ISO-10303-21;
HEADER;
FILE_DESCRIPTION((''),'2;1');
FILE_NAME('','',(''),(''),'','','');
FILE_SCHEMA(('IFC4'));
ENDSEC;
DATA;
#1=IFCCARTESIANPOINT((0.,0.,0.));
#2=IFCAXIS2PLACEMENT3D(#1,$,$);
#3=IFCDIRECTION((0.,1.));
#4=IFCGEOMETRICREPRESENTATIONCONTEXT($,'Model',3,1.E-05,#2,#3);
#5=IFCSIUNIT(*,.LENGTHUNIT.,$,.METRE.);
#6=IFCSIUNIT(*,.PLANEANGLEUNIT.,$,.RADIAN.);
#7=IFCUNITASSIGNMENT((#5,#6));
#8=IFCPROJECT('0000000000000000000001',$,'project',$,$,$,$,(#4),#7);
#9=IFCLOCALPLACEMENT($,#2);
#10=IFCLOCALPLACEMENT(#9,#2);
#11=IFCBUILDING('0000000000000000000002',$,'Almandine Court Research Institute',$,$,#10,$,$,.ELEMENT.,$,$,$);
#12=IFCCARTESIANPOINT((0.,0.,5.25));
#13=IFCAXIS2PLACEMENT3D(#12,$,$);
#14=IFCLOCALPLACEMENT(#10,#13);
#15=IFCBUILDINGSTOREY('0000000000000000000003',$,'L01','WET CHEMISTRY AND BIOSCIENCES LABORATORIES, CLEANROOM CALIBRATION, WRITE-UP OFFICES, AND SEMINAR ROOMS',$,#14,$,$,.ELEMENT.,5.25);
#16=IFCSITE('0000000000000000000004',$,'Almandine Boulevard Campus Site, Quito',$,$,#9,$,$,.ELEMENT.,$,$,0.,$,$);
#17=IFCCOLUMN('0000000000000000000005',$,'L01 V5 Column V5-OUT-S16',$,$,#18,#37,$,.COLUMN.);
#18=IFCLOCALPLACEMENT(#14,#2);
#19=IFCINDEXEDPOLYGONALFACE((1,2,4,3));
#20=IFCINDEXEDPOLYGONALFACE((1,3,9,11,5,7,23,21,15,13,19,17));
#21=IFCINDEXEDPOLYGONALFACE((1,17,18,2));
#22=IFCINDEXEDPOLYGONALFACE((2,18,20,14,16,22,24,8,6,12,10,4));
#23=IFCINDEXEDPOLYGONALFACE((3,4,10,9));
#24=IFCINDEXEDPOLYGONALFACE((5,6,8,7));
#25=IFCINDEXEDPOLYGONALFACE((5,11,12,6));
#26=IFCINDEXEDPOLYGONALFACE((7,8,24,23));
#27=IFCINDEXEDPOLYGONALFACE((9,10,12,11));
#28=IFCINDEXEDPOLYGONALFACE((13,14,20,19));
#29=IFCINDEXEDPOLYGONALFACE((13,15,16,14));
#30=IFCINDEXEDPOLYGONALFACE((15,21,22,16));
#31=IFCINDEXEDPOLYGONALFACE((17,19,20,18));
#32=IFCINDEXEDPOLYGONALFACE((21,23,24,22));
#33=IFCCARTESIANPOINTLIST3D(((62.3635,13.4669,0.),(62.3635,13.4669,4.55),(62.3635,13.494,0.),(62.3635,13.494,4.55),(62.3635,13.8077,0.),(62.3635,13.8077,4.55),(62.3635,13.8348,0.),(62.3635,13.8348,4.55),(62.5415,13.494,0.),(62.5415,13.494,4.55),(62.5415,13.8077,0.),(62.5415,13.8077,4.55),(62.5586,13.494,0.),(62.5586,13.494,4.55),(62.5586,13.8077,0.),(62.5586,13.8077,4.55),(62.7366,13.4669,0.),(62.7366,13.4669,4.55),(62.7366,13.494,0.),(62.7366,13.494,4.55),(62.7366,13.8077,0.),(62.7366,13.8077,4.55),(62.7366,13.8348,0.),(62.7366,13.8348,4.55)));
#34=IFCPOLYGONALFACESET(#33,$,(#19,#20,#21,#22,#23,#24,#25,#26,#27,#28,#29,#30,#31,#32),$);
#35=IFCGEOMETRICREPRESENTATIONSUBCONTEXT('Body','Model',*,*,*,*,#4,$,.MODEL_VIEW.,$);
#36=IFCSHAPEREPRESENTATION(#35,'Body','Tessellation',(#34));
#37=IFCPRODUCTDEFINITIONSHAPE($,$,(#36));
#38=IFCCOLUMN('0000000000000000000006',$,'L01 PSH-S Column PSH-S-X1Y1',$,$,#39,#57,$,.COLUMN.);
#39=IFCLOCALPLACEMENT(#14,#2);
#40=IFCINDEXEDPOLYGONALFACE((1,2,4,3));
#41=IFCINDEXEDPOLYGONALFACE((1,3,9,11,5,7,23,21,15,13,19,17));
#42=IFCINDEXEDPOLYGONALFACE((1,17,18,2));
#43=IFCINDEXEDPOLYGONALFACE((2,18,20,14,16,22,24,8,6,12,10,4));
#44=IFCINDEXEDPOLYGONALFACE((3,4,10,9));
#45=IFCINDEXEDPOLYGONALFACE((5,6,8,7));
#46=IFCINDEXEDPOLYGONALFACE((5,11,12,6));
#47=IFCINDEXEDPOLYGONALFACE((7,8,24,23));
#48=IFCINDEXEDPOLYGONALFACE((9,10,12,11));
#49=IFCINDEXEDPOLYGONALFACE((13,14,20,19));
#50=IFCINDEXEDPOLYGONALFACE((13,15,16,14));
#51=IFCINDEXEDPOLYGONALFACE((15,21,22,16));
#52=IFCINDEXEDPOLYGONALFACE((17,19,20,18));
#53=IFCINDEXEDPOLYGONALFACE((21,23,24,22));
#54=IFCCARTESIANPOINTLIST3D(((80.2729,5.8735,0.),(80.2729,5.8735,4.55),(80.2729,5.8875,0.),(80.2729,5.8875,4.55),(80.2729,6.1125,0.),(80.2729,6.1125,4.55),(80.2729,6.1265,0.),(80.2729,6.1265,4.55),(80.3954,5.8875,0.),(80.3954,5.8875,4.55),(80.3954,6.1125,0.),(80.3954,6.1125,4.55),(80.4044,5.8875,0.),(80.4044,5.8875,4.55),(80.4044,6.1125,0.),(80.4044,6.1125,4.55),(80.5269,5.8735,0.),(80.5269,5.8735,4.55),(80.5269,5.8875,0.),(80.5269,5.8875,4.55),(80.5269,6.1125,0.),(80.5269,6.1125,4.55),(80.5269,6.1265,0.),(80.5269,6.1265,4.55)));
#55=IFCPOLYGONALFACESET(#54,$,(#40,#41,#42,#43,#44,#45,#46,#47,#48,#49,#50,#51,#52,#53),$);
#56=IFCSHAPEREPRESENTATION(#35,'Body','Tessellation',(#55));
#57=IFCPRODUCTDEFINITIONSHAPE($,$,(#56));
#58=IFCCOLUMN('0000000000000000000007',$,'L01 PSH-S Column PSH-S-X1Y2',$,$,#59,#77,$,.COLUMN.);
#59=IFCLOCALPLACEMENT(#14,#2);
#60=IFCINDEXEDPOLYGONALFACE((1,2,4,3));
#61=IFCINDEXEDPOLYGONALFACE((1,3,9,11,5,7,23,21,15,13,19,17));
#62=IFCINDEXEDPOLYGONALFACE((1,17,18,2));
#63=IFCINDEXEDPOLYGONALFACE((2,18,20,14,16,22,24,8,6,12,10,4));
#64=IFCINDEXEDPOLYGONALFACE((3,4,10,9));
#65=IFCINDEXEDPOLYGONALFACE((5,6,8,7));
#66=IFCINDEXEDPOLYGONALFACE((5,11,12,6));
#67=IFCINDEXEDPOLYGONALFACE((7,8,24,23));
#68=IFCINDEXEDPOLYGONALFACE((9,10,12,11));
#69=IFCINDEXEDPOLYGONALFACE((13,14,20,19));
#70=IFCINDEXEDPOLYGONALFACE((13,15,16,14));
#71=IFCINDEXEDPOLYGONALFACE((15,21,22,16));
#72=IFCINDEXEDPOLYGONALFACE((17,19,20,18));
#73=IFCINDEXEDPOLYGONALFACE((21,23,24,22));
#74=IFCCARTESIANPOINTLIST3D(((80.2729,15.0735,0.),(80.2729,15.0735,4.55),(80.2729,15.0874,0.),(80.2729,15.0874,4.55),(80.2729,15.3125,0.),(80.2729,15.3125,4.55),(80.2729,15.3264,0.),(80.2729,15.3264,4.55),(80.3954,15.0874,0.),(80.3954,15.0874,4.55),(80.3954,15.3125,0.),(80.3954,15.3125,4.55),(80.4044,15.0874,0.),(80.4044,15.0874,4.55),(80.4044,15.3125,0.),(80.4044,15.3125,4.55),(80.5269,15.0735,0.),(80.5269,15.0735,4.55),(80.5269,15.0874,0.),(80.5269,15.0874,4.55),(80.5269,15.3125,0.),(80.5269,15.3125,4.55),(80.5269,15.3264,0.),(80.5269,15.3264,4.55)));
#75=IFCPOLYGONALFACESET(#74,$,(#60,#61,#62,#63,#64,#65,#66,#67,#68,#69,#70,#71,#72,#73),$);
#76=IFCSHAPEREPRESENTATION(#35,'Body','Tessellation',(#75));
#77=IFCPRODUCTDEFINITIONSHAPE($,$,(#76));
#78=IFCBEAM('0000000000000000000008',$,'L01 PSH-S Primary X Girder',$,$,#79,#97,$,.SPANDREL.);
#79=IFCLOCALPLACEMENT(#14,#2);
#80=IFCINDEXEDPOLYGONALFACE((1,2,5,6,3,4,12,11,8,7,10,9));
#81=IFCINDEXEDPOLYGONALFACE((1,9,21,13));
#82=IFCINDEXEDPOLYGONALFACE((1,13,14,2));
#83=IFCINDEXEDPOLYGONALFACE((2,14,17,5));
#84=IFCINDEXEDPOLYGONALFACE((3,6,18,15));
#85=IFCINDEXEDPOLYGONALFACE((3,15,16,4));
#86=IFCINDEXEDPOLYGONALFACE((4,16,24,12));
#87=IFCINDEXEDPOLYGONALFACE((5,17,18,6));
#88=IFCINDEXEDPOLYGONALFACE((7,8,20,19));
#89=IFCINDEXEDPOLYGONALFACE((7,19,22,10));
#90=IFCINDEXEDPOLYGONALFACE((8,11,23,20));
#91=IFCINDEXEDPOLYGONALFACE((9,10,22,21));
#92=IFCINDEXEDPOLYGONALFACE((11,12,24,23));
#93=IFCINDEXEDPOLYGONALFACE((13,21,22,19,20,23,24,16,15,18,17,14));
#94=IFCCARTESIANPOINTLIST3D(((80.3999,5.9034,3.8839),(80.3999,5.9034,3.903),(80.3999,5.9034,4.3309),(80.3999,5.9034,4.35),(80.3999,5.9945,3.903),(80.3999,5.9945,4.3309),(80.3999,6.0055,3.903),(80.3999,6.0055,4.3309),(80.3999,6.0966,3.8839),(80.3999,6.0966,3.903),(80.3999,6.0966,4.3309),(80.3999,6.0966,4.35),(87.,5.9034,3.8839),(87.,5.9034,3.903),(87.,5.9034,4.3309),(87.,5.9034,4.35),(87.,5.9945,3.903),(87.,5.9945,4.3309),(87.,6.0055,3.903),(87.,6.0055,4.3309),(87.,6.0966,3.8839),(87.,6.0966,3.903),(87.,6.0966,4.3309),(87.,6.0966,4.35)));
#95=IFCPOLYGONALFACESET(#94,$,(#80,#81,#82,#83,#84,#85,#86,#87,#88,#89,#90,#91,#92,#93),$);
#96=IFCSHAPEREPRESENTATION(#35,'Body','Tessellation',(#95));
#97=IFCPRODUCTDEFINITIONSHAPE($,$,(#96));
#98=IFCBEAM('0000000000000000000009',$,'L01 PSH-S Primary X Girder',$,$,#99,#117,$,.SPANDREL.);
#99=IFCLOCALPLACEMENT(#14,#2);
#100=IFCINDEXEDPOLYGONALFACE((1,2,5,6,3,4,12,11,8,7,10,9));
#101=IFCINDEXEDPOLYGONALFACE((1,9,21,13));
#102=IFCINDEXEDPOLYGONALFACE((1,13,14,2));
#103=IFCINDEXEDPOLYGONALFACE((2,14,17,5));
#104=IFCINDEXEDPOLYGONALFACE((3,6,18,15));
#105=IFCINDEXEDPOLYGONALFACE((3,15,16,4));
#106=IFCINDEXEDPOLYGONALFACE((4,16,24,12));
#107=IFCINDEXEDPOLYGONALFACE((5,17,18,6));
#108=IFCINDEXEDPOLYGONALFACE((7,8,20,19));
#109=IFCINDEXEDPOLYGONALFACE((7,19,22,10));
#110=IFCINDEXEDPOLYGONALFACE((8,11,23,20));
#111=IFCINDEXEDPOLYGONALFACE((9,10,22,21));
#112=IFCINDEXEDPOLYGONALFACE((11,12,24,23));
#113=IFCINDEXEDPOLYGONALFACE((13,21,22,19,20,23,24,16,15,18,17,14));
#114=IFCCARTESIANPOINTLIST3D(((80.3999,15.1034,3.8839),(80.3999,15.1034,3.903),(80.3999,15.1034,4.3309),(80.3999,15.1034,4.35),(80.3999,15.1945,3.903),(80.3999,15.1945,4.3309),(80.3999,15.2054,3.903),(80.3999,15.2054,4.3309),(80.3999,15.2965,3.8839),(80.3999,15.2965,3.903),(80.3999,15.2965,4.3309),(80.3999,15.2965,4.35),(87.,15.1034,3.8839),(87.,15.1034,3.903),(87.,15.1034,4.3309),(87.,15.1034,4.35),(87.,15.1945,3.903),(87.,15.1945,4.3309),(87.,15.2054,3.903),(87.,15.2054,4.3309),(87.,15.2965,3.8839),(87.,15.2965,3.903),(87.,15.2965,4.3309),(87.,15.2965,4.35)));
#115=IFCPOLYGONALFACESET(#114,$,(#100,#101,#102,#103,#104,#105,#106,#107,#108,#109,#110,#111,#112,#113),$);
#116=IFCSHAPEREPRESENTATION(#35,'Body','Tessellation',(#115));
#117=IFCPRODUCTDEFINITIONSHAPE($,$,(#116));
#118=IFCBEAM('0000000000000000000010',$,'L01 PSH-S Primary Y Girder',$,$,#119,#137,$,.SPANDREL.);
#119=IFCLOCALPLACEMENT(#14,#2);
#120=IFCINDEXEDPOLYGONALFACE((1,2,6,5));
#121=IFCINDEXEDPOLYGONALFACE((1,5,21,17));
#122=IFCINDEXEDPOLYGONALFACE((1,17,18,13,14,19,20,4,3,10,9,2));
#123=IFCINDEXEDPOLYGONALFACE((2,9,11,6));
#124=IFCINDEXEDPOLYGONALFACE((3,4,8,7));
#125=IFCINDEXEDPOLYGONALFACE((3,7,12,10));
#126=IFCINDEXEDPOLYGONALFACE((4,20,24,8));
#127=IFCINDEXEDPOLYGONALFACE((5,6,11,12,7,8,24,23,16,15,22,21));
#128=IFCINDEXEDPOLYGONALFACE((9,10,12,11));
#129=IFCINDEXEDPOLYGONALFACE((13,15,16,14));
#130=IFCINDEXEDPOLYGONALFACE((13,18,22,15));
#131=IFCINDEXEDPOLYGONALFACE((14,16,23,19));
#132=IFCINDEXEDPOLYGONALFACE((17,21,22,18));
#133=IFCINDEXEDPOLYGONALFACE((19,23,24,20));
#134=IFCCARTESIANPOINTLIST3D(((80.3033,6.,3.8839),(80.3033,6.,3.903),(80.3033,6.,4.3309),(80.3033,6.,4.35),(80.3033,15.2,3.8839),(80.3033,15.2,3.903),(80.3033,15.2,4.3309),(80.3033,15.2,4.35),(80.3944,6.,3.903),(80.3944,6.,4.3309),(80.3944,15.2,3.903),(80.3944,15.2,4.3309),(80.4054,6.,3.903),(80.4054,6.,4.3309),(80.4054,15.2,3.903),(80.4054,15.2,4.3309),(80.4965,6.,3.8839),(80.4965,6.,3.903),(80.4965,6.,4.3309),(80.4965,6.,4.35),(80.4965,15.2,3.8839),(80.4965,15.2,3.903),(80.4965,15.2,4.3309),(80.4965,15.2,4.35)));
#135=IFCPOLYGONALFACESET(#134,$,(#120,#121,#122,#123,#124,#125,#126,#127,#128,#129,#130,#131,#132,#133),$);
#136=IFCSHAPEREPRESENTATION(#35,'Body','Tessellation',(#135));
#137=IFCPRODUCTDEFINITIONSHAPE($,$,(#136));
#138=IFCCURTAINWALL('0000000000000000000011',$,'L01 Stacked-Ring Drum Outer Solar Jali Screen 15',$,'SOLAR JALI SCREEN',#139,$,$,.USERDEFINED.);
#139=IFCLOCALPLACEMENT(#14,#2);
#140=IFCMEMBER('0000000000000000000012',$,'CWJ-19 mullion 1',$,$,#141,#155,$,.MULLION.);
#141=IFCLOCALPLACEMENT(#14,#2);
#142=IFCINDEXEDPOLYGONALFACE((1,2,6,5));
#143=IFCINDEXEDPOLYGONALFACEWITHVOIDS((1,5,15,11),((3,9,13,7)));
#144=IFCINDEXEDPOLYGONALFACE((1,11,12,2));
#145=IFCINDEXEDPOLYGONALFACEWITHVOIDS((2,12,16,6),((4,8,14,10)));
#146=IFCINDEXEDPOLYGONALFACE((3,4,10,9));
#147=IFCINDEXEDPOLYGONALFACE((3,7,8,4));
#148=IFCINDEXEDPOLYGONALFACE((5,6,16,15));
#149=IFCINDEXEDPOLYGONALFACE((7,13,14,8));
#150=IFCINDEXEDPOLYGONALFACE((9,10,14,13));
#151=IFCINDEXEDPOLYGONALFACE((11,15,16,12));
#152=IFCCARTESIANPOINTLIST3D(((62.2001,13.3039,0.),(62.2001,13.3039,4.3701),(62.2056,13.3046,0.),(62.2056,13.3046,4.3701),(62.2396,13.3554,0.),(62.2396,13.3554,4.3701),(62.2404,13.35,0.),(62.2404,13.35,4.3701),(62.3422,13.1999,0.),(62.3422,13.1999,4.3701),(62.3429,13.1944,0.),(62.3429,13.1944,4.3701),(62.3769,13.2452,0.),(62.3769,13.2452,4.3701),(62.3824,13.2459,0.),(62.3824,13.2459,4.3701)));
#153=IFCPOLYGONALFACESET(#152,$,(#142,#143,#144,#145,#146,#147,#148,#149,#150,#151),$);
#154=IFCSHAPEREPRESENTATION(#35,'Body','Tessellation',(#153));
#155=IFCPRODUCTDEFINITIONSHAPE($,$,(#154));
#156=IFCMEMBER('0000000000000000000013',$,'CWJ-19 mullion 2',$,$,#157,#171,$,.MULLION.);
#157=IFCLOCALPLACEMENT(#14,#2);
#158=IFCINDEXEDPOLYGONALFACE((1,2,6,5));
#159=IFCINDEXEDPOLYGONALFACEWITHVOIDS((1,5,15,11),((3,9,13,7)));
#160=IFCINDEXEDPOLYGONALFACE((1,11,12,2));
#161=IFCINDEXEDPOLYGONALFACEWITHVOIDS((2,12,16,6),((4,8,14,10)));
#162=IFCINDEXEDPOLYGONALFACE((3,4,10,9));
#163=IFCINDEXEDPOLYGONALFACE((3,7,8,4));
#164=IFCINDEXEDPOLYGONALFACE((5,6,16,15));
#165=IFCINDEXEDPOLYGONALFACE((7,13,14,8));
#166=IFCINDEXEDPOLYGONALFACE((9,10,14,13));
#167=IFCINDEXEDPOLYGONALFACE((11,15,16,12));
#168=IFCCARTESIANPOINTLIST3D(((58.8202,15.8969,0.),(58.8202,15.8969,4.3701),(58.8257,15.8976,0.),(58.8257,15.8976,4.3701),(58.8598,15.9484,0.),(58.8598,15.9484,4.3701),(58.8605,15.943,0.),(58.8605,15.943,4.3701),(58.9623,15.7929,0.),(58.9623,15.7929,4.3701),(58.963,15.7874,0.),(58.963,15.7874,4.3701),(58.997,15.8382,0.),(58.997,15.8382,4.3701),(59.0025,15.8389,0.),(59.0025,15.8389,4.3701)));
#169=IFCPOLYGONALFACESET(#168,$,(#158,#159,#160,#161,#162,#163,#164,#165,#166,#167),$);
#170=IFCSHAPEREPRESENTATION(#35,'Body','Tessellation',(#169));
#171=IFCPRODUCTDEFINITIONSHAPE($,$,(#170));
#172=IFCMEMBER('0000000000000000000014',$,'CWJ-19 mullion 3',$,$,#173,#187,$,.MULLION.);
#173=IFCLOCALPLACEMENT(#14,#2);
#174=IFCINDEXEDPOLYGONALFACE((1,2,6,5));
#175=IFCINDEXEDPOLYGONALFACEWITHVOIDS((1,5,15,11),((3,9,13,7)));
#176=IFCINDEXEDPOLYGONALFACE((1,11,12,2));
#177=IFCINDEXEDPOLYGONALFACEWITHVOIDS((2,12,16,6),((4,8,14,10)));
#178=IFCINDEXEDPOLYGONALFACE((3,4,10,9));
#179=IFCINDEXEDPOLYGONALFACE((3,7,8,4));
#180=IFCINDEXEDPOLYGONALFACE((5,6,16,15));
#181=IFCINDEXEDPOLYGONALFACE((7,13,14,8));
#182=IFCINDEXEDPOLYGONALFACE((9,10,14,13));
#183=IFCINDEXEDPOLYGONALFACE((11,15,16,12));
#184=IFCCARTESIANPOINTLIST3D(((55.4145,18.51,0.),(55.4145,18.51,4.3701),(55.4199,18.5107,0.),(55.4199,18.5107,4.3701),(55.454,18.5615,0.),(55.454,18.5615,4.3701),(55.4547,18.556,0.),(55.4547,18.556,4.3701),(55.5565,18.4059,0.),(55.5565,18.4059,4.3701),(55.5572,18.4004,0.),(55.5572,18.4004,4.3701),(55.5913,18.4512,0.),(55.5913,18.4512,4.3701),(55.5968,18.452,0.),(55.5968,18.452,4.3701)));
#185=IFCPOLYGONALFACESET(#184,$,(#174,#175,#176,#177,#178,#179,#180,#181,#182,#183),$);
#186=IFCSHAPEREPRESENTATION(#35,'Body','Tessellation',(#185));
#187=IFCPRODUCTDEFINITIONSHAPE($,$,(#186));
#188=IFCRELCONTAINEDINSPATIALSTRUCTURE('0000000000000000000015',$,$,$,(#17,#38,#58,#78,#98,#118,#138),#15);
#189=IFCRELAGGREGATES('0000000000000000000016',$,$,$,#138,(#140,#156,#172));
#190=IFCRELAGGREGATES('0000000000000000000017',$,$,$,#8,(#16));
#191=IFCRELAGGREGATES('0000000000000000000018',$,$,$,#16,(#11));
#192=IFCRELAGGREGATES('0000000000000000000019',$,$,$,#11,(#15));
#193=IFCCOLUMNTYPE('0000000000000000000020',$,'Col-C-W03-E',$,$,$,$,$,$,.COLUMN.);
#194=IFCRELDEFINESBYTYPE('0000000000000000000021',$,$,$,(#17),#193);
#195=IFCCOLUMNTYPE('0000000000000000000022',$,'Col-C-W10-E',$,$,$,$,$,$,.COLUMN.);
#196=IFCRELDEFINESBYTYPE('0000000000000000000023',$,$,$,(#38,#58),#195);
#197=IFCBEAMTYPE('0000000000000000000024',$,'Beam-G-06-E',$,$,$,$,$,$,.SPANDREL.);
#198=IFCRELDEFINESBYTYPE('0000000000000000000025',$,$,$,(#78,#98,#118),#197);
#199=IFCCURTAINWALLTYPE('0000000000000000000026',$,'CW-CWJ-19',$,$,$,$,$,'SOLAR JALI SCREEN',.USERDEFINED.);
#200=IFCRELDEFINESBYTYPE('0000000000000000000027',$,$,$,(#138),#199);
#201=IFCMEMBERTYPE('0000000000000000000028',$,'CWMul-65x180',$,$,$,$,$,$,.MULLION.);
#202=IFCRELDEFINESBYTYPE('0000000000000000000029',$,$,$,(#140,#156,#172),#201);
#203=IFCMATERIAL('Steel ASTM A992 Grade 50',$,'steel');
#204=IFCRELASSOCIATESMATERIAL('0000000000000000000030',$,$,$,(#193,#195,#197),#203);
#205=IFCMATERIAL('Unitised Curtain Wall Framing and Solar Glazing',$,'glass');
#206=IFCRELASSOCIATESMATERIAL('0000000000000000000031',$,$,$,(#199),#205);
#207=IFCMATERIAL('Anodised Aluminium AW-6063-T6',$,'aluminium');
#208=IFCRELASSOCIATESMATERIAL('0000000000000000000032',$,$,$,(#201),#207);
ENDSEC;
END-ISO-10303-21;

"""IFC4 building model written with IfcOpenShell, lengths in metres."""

from ifc_helpers import new_model, si_unit, direction, frame, origin, origin_2d, place, context, subcontext, project, spatial, hollow_rectangle, i_section, extrude, material, material_profile, profile_set, type_object, element, aggregate, save


model = new_model("IFC4")

# Units and contexts
model_context = context("Model", 3, precision=1e-05, world=origin(), true_north=direction((0.0, 1.0)))
body_context = subcontext(model_context, "Body", "Model", "MODEL_VIEW")
ifc_project = project(units=[si_unit("LENGTHUNIT", "METRE"), si_unit("PLANEANGLEUNIT", "RADIAN")], contexts=[model_context])

# Site, building, storey
site_placement = place(None, origin())
site = spatial("IfcSite", under=ifc_project, at=site_placement, Name="Almandine Boulevard Campus Site, Quito", CompositionType="ELEMENT", RefElevation=0.0)
building_placement = place(site_placement, origin())
building = spatial("IfcBuilding", under=site, at=building_placement, Name="Almandine Court Research Institute", CompositionType="ELEMENT")
storey_placement = place(building_placement, frame((0.0, 0.0, 5.25)))
storey = spatial("IfcBuildingStorey", under=building, at=storey_placement, Name="L01", Description="WET CHEMISTRY AND BIOSCIENCES LABORATORIES, CLEANROOM CALIBRATION, WRITE-UP OFFICES, AND SEMINAR ROOMS", CompositionType="ELEMENT", Elevation=5.25)

# Columns
ifc_material_1 = material(Name="Steel ASTM A992 Grade 50", Category="steel")
ifc_material_profile_1 = material_profile(ifc_material_1, i_section(OverallWidth=0.373, OverallDepth=0.3679, WebThickness=0.0171, FlangeThickness=0.0271, at=origin_2d()), Name="W360x179")
ifc_profile_set_1 = profile_set([ifc_material_profile_1], Name="Steel ASTM A992 Grade 50")
column_type_1 = type_object("IfcColumnType", Name="Col-C-W03-E", PredefinedType="COLUMN", material=ifc_profile_set_1)
column_placement = place(storey_placement, frame((62.55, 13.6509, 0.0), z_axis=(0.0, 0.0, 1.0), x_axis=(1.0, 0.0, 0.0)))
element("IfcColumn", 1, at=column_placement, inside=storey, type_object=column_type_1, Name="L01 V5 Column V5-OUT-S16", PredefinedType="COLUMN", context=body_context, shape_type="SweptSolid", body=[
    extrude(i_section(OverallWidth=0.373, OverallDepth=0.3679, WebThickness=0.0171, FlangeThickness=0.0271, at=origin_2d()), origin(), (0.0, 0.0, 1.0), 4.55),
])
ifc_material_profile_2 = material_profile(ifc_material_1, i_section(OverallWidth=0.2539, OverallDepth=0.2529, WebThickness=0.009, FlangeThickness=0.0139, at=origin_2d()), Name="W250x73")
ifc_profile_set_2 = profile_set([ifc_material_profile_2], Name="Steel ASTM A992 Grade 50")
column_type_2 = type_object("IfcColumnType", Name="Col-C-W10-E", PredefinedType="COLUMN", material=ifc_profile_set_2)
for number, where, z_axis, x_axis, name in (
    (2, (80.3999, 6.0, 0.0), (0.0, 0.0, 1.0), (1.0, 0.0, 0.0), "L01 PSH-S Column PSH-S-X1Y1"),
    (3, (80.3999, 15.2, 0.0), (0.0, 0.0, 1.0), (1.0, 0.0, 0.0), "L01 PSH-S Column PSH-S-X1Y2"),
):
    element("IfcColumn", number, at=place(storey_placement, frame(where, z_axis=z_axis, x_axis=x_axis)), inside=storey, type_object=column_type_2, Name=name, PredefinedType="COLUMN", context=body_context, shape_type="SweptSolid", body=[
        extrude(i_section(OverallWidth=0.2539, OverallDepth=0.2529, WebThickness=0.009, FlangeThickness=0.0139, at=origin_2d()), origin(), (0.0, 0.0, 1.0), 4.55),
    ])

# Beams
ifc_material_profile_3 = material_profile(ifc_material_1, i_section(OverallWidth=0.1931, OverallDepth=0.4661, WebThickness=0.011, FlangeThickness=0.019, at=origin_2d()), Name="W460x97")
ifc_profile_set_3 = profile_set([ifc_material_profile_3], Name="Steel ASTM A992 Grade 50")
beam_type = type_object("IfcBeamType", Name="Beam-G-06-E", PredefinedType="SPANDREL", material=ifc_profile_set_3)
for number, where, z_axis, x_axis, name in (
    (4, (80.3999, 6.0, 4.1169), (1.0, 0.0, 0.0), (0.0, 1.0, 0.0), "L01 PSH-S Primary X Girder"),
    (5, (80.3999, 15.2, 4.1169), (1.0, 0.0, 0.0), (0.0, 1.0, 0.0), "L01 PSH-S Primary X Girder"),
):
    element("IfcBeam", number, at=place(storey_placement, frame(where, z_axis=z_axis, x_axis=x_axis)), inside=storey, type_object=beam_type, Name=name, PredefinedType="SPANDREL", context=body_context, shape_type="SweptSolid", body=[
        extrude(i_section(OverallWidth=0.1931, OverallDepth=0.4661, WebThickness=0.011, FlangeThickness=0.019, at=origin_2d()), origin(), (0.0, 0.0, 1.0), 6.6001),
    ])
beam_placement = place(storey_placement, frame((80.3999, 6.0, 4.1169), z_axis=(0.0, 1.0, 0.0), x_axis=(-1.0, 0.0, 0.0)))
element("IfcBeam", 6, at=beam_placement, inside=storey, type_object=beam_type, Name="L01 PSH-S Primary Y Girder", PredefinedType="SPANDREL", context=body_context, shape_type="SweptSolid", body=[
    extrude(i_section(OverallWidth=0.1931, OverallDepth=0.4661, WebThickness=0.011, FlangeThickness=0.019, at=origin_2d()), origin(), (0.0, 0.0, 1.0), 9.2),
])

# Curtain wall, members
ifc_material_2 = material(Name="Unitised Curtain Wall Framing and Solar Glazing", Category="glass")
curtain_wall_type = type_object("IfcCurtainWallType", Name="CW-CWJ-19", ElementType="SOLAR JALI SCREEN", PredefinedType="USERDEFINED", material=ifc_material_2)
curtain_wall_placement = place(storey_placement, origin())
curtain_wall = element("IfcCurtainWall", 7, at=curtain_wall_placement, inside=storey, type_object=curtain_wall_type, Name="L01 Stacked-Ring Drum Outer Solar Jali Screen 15", ObjectType="SOLAR JALI SCREEN", PredefinedType="USERDEFINED")
ifc_material_3 = material(Name="Anodised Aluminium AW-6063-T6", Category="aluminium")
ifc_material_profile_4 = material_profile(ifc_material_3, hollow_rectangle(XDim=0.0649, YDim=0.1799, WallThickness=0.0039, at=origin_2d()), Name="ALU RHS 65x180x4")
ifc_profile_set_4 = profile_set([ifc_material_profile_4], Name="Anodised Aluminium AW-6063-T6")
member_type_1 = type_object("IfcMemberType", Name="CWMul-65x180", PredefinedType="MULLION", material=ifc_profile_set_4)
member_1_placement = place(storey_placement, frame((62.2913, 13.2749, 0.0), z_axis=(0.0, 0.0, 1.0), x_axis=(-0.608723, -0.793383, 0.0)))
member_1 = element("IfcMember", 8, at=member_1_placement, type_object=member_type_1, Name="CWJ-19 mullion 1", PredefinedType="MULLION", context=body_context, shape_type="SweptSolid", body=[
    extrude(hollow_rectangle(XDim=0.0649, YDim=0.1799, WallThickness=0.0039, at=origin_2d()), origin(), (0.0, 0.0, 1.0), 4.3701),
])
member_2_placement = place(storey_placement, frame((58.9114, 15.8679, 0.0), z_axis=(0.0, 0.0, 1.0), x_axis=(-0.608723, -0.793383, 0.0)))
member_2 = element("IfcMember", 9, at=member_2_placement, type_object=member_type_1, Name="CWJ-19 mullion 2", PredefinedType="MULLION", context=body_context, shape_type="SweptSolid", body=[
    extrude(hollow_rectangle(XDim=0.0649, YDim=0.1799, WallThickness=0.0039, at=origin_2d()), origin(), (0.0, 0.0, 1.0), 4.3701),
])
member_3_placement = place(storey_placement, frame((55.5056, 18.481, 0.0), z_axis=(0.0, 0.0, 1.0), x_axis=(-0.608723, -0.793383, 0.0)))
member_3 = element("IfcMember", 10, at=member_3_placement, type_object=member_type_1, Name="CWJ-19 mullion 3", PredefinedType="MULLION", context=body_context, shape_type="SweptSolid", body=[
    extrude(hollow_rectangle(XDim=0.0649, YDim=0.1799, WallThickness=0.0039, at=origin_2d()), origin(), (0.0, 0.0, 1.0), 4.3701),
])
aggregate(curtain_wall, [member_1, member_2, member_3])

save(model, "model.ifc")
